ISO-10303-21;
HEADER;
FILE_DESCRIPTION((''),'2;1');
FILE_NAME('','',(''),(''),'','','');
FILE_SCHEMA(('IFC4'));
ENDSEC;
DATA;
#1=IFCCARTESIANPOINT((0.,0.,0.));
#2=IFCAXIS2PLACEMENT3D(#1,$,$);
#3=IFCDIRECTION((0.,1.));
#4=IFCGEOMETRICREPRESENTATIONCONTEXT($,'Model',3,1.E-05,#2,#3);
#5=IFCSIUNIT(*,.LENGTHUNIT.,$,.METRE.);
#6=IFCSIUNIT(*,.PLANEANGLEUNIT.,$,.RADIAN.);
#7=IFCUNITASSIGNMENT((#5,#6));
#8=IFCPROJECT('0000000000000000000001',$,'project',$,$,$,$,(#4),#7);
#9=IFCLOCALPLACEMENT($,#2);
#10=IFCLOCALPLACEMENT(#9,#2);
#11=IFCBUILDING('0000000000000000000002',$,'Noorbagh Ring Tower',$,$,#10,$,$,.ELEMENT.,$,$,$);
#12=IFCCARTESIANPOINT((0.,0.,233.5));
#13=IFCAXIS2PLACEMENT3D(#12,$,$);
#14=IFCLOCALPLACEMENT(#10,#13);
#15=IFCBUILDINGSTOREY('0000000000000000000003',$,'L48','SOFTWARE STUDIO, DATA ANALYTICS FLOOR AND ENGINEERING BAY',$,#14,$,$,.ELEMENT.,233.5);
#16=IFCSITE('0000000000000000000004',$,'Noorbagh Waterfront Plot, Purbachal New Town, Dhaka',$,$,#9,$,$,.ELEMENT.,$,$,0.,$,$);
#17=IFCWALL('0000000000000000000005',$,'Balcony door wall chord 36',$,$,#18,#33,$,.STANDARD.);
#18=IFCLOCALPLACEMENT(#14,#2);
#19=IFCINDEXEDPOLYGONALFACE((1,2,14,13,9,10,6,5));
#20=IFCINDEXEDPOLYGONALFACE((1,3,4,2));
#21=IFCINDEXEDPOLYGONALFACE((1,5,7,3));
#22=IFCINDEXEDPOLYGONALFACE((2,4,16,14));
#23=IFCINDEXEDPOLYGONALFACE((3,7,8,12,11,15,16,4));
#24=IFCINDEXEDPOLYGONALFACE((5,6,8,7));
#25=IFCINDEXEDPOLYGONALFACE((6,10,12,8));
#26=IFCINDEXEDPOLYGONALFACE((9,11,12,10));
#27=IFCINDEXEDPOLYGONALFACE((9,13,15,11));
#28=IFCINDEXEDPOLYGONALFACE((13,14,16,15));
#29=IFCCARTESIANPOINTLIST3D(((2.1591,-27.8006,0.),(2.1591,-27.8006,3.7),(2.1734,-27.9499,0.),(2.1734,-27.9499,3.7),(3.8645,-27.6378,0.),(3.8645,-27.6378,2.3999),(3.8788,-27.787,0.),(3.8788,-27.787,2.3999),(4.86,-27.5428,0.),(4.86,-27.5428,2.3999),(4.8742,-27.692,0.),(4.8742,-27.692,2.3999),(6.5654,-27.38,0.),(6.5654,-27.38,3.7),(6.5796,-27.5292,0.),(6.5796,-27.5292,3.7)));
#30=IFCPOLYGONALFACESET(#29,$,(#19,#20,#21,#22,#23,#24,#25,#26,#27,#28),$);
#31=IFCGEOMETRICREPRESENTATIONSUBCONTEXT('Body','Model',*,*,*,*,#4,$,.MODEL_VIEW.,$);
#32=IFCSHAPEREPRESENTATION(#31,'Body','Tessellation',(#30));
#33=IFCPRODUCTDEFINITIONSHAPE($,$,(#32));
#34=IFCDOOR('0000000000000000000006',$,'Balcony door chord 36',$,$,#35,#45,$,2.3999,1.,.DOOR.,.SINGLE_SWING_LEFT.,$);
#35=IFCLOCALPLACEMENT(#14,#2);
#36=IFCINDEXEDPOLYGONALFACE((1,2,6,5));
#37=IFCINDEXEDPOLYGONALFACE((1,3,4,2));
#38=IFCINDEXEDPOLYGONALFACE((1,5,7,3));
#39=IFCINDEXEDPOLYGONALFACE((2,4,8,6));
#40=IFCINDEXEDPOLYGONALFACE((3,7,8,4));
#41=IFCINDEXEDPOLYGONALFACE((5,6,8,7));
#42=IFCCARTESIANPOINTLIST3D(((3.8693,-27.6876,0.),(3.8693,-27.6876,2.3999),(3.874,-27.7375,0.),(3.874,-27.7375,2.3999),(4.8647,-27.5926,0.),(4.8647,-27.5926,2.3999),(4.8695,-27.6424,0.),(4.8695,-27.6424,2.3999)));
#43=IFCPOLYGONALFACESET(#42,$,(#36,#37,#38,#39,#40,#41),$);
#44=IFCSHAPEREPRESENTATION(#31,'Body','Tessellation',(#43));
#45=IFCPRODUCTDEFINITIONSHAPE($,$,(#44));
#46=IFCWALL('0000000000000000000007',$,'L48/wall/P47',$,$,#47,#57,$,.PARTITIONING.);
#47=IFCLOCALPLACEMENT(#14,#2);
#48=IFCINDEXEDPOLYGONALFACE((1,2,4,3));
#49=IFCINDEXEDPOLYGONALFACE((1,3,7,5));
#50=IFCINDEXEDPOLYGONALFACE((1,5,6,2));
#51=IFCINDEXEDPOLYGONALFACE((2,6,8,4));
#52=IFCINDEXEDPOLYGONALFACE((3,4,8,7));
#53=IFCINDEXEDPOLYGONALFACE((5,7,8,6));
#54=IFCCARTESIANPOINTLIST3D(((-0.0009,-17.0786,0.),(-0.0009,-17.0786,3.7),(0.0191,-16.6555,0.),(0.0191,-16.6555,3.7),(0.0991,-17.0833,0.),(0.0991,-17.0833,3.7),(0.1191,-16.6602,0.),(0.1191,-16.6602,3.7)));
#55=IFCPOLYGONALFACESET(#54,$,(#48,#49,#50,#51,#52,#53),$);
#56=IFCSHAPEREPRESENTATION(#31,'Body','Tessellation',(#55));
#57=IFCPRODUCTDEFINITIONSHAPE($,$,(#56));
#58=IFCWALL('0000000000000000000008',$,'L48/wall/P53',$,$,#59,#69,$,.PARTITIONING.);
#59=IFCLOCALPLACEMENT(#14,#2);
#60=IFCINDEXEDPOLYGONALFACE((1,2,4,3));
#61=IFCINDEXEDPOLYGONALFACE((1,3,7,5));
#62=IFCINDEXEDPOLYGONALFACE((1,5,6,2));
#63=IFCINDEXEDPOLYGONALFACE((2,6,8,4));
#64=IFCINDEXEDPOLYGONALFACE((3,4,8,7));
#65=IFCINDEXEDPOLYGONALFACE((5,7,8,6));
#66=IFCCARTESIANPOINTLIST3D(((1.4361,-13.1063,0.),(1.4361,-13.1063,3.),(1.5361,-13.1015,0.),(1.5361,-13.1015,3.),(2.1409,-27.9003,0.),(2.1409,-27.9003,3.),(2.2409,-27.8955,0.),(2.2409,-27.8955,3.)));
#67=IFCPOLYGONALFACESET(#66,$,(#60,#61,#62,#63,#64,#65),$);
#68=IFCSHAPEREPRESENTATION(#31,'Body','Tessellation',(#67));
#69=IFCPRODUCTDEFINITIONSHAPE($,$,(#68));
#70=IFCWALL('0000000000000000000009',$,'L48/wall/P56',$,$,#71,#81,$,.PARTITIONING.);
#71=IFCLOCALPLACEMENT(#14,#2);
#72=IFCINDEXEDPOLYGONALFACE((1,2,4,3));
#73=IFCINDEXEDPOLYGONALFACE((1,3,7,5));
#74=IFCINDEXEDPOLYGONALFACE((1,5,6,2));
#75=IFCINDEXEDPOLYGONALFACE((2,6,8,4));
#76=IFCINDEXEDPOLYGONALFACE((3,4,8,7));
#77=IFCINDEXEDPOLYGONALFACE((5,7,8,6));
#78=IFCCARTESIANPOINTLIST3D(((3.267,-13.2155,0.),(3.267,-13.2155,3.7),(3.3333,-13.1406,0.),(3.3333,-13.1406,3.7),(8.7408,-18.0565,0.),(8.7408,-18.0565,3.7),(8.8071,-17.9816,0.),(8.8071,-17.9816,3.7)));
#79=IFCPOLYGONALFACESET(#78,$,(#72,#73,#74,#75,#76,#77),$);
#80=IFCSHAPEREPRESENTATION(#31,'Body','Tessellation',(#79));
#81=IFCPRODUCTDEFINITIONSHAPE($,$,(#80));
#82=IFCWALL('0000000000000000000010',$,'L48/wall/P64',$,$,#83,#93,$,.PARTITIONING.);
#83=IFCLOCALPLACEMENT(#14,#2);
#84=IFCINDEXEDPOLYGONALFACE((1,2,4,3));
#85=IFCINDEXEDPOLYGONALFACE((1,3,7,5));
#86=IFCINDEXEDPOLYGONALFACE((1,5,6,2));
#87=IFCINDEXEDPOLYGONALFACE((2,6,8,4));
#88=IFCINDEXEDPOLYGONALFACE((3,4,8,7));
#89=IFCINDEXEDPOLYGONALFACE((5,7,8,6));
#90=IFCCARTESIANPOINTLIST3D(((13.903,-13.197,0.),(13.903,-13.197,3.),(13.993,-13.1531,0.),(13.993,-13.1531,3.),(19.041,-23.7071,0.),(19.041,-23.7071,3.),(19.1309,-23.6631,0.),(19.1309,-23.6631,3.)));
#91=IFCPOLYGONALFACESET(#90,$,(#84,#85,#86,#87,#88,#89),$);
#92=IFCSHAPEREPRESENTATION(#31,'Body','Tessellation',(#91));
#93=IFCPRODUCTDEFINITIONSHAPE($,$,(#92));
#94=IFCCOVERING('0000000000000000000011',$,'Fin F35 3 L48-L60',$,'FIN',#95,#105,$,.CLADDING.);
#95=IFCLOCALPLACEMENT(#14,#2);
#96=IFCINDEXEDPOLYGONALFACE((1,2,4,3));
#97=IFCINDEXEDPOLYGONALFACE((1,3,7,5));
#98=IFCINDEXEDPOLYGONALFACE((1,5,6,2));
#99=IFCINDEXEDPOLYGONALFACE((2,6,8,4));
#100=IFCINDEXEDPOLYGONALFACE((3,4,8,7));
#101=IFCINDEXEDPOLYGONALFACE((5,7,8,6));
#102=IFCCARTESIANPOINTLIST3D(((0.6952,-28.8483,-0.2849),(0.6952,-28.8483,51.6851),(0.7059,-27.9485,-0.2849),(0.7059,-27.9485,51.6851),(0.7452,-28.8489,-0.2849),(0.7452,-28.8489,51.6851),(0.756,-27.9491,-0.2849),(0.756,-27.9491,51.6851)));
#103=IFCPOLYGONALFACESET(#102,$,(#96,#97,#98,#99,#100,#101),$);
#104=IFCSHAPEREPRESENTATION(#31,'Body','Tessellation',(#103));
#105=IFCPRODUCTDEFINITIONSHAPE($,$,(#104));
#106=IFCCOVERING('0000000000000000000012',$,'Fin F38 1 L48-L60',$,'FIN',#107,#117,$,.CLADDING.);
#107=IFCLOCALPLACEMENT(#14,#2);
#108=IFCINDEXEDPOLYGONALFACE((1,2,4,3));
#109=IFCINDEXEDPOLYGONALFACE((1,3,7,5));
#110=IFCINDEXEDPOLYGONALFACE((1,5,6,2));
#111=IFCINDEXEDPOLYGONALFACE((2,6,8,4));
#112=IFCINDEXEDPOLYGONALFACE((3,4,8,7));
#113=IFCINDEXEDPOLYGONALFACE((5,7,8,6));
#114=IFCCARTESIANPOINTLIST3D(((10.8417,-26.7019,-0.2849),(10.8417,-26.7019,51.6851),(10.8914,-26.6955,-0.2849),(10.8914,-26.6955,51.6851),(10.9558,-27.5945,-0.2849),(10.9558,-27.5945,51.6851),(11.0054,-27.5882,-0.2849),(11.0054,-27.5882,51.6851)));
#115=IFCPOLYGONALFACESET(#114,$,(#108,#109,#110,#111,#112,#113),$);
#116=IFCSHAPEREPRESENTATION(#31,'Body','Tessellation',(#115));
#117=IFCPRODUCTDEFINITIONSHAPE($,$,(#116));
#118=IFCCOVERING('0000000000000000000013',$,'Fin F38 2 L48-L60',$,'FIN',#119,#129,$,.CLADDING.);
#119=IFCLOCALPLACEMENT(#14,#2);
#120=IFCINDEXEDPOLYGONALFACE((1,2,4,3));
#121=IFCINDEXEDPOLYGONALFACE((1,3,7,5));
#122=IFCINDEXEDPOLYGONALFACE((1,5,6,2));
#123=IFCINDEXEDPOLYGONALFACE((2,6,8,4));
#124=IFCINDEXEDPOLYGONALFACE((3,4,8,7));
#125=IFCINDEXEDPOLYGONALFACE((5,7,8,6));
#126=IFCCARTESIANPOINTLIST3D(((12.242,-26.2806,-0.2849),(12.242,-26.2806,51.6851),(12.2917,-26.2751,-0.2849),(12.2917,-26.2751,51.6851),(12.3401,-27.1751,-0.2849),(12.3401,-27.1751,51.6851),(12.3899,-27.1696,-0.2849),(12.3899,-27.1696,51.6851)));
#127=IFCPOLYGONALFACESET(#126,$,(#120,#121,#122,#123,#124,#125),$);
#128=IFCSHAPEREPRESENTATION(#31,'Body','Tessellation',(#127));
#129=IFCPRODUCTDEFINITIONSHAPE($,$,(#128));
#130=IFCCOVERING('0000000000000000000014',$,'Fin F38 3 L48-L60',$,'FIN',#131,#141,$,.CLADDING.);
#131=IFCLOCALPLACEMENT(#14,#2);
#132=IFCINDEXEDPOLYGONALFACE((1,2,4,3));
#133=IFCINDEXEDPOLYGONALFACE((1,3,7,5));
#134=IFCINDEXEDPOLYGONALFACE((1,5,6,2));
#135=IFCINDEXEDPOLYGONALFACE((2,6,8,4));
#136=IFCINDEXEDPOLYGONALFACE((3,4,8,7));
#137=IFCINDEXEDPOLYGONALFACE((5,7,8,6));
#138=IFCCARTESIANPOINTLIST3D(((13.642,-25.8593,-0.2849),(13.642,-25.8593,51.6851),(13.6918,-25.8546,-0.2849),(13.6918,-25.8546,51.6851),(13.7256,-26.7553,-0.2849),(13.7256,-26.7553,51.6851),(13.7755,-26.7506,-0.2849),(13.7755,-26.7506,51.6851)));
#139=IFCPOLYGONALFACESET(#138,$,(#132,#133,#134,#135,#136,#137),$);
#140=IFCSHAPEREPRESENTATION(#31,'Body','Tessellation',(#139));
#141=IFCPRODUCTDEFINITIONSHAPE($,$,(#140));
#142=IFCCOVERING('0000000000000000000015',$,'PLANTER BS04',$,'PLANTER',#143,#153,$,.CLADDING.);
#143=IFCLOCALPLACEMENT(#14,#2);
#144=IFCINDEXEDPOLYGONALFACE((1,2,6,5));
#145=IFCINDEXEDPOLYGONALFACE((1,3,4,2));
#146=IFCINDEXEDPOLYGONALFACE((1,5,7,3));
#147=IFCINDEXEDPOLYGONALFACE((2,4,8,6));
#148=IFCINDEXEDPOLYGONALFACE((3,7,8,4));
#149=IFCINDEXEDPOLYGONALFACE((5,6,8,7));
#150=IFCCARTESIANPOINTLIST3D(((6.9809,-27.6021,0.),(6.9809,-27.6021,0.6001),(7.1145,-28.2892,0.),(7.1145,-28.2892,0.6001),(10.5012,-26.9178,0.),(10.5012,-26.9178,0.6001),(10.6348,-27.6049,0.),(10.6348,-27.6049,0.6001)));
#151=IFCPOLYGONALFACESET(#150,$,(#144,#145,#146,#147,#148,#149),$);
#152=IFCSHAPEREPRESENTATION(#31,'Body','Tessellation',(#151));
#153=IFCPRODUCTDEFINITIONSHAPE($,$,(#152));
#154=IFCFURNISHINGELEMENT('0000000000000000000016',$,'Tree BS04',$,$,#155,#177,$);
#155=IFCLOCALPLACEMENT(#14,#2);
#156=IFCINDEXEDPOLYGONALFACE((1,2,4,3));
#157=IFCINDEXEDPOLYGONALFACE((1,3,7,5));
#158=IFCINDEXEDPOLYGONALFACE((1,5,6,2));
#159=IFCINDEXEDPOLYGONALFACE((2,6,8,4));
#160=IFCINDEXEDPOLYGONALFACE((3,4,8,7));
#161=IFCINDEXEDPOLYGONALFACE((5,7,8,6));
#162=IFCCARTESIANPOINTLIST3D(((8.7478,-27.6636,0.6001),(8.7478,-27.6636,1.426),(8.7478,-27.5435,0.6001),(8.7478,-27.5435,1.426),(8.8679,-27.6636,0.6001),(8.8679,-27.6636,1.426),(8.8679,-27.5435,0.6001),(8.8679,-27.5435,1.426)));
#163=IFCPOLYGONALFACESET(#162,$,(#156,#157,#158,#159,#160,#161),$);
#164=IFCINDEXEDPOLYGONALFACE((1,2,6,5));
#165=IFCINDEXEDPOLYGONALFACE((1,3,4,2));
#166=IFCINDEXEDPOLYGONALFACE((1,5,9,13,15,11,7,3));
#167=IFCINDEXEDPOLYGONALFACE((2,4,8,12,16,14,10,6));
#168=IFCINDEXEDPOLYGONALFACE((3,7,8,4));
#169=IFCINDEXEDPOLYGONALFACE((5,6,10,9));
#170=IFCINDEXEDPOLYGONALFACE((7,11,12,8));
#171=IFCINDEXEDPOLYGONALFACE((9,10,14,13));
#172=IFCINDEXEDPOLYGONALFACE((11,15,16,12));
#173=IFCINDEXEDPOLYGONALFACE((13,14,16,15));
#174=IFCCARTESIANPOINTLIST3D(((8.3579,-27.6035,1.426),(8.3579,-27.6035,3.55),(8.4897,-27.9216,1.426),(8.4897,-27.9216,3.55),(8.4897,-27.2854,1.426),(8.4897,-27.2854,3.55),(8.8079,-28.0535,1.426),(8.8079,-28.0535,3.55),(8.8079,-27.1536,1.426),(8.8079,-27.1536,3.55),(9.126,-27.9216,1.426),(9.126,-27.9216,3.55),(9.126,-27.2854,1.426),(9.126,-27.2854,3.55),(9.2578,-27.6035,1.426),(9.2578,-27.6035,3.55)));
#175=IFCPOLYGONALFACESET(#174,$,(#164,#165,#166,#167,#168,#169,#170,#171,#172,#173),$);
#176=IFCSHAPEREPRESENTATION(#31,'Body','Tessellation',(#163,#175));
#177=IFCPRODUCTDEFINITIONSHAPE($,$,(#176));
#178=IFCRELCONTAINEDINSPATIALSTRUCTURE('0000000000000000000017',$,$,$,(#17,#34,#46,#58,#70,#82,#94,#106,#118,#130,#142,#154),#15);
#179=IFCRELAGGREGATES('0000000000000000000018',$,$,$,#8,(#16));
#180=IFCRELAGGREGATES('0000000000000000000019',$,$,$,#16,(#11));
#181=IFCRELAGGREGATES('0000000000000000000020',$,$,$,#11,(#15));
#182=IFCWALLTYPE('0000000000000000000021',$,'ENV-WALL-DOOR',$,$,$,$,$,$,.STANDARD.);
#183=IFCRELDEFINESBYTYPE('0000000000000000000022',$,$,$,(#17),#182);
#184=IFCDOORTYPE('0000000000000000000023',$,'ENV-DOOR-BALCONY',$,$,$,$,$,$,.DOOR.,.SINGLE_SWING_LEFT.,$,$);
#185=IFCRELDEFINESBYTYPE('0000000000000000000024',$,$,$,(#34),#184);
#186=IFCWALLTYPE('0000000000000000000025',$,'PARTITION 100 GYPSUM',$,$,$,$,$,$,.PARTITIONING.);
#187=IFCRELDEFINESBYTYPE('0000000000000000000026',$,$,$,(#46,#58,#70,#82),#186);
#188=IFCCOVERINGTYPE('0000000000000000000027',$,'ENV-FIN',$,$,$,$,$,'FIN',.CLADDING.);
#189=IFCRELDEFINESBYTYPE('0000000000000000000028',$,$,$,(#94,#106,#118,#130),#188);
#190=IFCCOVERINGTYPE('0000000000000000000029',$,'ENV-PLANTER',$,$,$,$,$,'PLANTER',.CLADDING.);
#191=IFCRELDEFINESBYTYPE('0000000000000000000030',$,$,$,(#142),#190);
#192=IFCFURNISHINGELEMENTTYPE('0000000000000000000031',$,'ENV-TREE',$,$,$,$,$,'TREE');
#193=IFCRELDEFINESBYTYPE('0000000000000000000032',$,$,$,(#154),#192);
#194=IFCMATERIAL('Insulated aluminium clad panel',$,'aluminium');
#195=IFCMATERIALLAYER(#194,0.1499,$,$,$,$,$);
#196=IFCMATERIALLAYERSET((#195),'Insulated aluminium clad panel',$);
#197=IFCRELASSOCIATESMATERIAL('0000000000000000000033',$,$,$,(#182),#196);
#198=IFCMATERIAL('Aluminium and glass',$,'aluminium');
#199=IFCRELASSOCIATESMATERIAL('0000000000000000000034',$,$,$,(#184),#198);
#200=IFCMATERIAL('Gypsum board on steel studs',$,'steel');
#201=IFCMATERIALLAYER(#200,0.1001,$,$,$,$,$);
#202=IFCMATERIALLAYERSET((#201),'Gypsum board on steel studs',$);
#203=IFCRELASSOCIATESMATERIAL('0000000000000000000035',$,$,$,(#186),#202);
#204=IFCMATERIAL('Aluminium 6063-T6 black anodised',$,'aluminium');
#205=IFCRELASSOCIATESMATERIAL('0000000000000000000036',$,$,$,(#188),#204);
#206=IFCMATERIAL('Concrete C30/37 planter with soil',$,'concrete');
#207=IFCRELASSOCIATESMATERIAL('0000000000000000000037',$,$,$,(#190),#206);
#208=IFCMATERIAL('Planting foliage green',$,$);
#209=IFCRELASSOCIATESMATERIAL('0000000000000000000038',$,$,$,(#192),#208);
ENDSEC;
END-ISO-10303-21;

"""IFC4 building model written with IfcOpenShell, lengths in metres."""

from ifc_helpers import new_model, si_unit, direction, frame, frame_2d, origin, origin_2d, place, context, subcontext, project, spatial, polyline, rectangle, outline, extrude, material, layer, layer_set, material_profile, profile_set, type_object, element, fill, save


model = new_model("IFC4")

# Units and contexts
model_context = context("Model", 3, precision=1e-05, world=origin(), true_north=direction((0.0, 1.0)))
body_context = subcontext(model_context, "Body", "Model", "MODEL_VIEW")
ifc_project = project(units=[si_unit("LENGTHUNIT", "METRE"), si_unit("PLANEANGLEUNIT", "RADIAN")], contexts=[model_context])

# Site, building, storey
site_placement = place(None, origin())
site = spatial("IfcSite", under=ifc_project, at=site_placement, Name="Noorbagh Waterfront Plot, Purbachal New Town, Dhaka", CompositionType="ELEMENT", RefElevation=0.0)
building_placement = place(site_placement, origin())
building = spatial("IfcBuilding", under=site, at=building_placement, Name="Noorbagh Ring Tower", CompositionType="ELEMENT")
storey_placement = place(building_placement, frame((0.0, 0.0, 233.5)))
storey = spatial("IfcBuildingStorey", under=building, at=storey_placement, Name="L48", Description="SOFTWARE STUDIO, DATA ANALYTICS FLOOR AND ENGINEERING BAY", CompositionType="ELEMENT", Elevation=233.5)

# Wall, opening, door
ifc_material_1 = material(Name="Insulated aluminium clad panel", Category="aluminium")
ifc_layer_1 = layer(ifc_material_1, 0.1499)
ifc_layer_set_1 = layer_set([ifc_layer_1], Name="Insulated aluminium clad panel")
wall_type_1 = type_object("IfcWallType", Name="ENV-WALL-DOOR", PredefinedType="STANDARD", material=ifc_layer_set_1)
wall_1_placement = place(storey_placement, frame((2.1663, -27.8752, 0.0), z_axis=(0.0, 0.0, 1.0), x_axis=(0.995474, 0.095036, 0.0)))
wall_1 = element("IfcWall", 1, at=wall_1_placement, inside=storey, type_object=wall_type_1, Name="Balcony door wall chord 36", PredefinedType="STANDARD", context=body_context, shape_type="SweptSolid", body=[
    extrude(rectangle(XDim=4.4263, YDim=0.1499, at=frame_2d((2.2131, 0.0))), origin(), (0.0, 0.0, 1.0), 3.7),
])
opening_placement = place(wall_1_placement, frame((1.7131, 0.0, 0.0)))
opening = element("IfcOpeningElement", 2, at=opening_placement, cuts=wall_1, PredefinedType="OPENING", context=body_context, shape_type="SweptSolid", body=[
    extrude(rectangle(XDim=1.0, YDim=2.3999, at=frame_2d((0.5, 1.2))), frame((0.0, 0.085, 0.0), z_axis=(0.0, -1.0, 0.0), x_axis=(1.0, 0.0, 0.0)), (0.0, 0.0, 1.0), 0.1699),
])
ifc_material_2 = material(Name="Aluminium and glass", Category="aluminium")
door_type = type_object("IfcDoorType", Name="ENV-DOOR-BALCONY", OperationType="SINGLE_SWING_LEFT", PredefinedType="DOOR", material=ifc_material_2)
door_placement = place(opening_placement, origin())
door = element("IfcDoor", 3, at=door_placement, inside=storey, type_object=door_type, Name="Balcony door chord 36", OperationType="SINGLE_SWING_LEFT", OverallHeight=2.3999, OverallWidth=1.0, PredefinedType="DOOR", context=body_context, shape_type="SweptSolid", body=[
    extrude(rectangle(XDim=1.0, YDim=2.3999, at=frame_2d((0.5, 1.2))), frame((0.0, 0.0249, 0.0), z_axis=(0.0, -1.0, 0.0), x_axis=(1.0, 0.0, 0.0)), (0.0, 0.0, 1.0), 0.05),
])
fill(opening, door)

# Walls
ifc_material_3 = material(Name="Gypsum board on steel studs", Category="steel")
ifc_layer_2 = layer(ifc_material_3, 0.1001)
ifc_layer_set_2 = layer_set([ifc_layer_2], Name="Gypsum board on steel studs")
wall_type_2 = type_object("IfcWallType", Name="PARTITION 100 GYPSUM", PredefinedType="PARTITIONING", material=ifc_layer_set_2)
wall_2_placement = place(storey_placement, frame((0.0491, -17.0811, 0.0), z_axis=(0.0, 0.0, 1.0), x_axis=(0.047264, 0.998882, 0.0)))
element("IfcWall", 4, at=wall_2_placement, inside=storey, type_object=wall_type_2, Name="L48/wall/P47", PredefinedType="PARTITIONING", context=body_context, shape_type="SweptSolid", body=[
    extrude(rectangle(XDim=0.4236, YDim=0.1001, at=frame_2d((0.2119, 0.0))), origin(), (0.0, 0.0, 1.0), 3.7),
])
wall_3_placement = place(storey_placement, frame((1.4861, -13.104, 0.0), z_axis=(0.0, 0.0, 1.0), x_axis=(0.047589, -0.998867, 0.0)))
element("IfcWall", 5, at=wall_3_placement, inside=storey, type_object=wall_type_2, Name="L48/wall/P53", PredefinedType="PARTITIONING", context=body_context, shape_type="SweptSolid", body=[
    extrude(rectangle(XDim=14.8108, YDim=0.1001, at=frame_2d((7.4053, 0.0))), origin(), (0.0, 0.0, 1.0), 3.0),
])
wall_4_placement = place(storey_placement, frame((3.3, -13.178, 0.0), z_axis=(0.0, 0.0, 1.0), x_axis=(0.749079, -0.662481, 0.0)))
element("IfcWall", 6, at=wall_4_placement, inside=storey, type_object=wall_type_2, Name="L48/wall/P56", PredefinedType="PARTITIONING", context=body_context, shape_type="SweptSolid", body=[
    extrude(rectangle(XDim=7.3074, YDim=0.1001, at=frame_2d((3.6538, 0.0))), origin(), (0.0, 0.0, 1.0), 3.7),
])
wall_5_placement = place(storey_placement, frame((13.948, -13.175, 0.0), z_axis=(0.0, 0.0, 1.0), x_axis=(0.43919, -0.898394, 0.0)))
element("IfcWall", 7, at=wall_5_placement, inside=storey, type_object=wall_type_2, Name="L48/wall/P64", PredefinedType="PARTITIONING", context=body_context, shape_type="SweptSolid", body=[
    extrude(rectangle(XDim=11.6987, YDim=0.1001, at=frame_2d((5.8494, 0.0))), origin(), (0.0, 0.0, 1.0), 3.0),
])

# Coverings
ifc_material_4 = material(Name="Aluminium 6063-T6 black anodised", Category="aluminium")
ifc_material_profile_1 = material_profile(ifc_material_4, rectangle(XDim=0.8999, YDim=0.05, at=origin_2d()), Name="900x50")
ifc_profile_set_1 = profile_set([ifc_material_profile_1], Name="Aluminium 6063-T6 black anodised")
covering_type_1 = type_object("IfcCoveringType", Name="ENV-FIN", ElementType="FIN", PredefinedType="CLADDING", material=ifc_profile_set_1)
for number, where, z_axis, x_axis, name in (
    (8, (0.7256, -28.3987, -0.2849), (0.0, 0.0, 1.0), (-0.011915, -0.999929, 0.0), "Fin F35 3 L48-L60"),
    (9, (10.9236, -27.145, -0.2849), (0.0, 0.0, 1.0), (0.126759, -0.991933, 0.0), "Fin F38 1 L48-L60"),
    (10, (12.3159, -26.7251, -0.2849), (0.0, 0.0, 1.0), (0.109101, -0.994031, 0.0), "Fin F38 2 L48-L60"),
    (11, (13.7087, -26.3049, -0.2849), (0.0, 0.0, 1.0), (0.092918, -0.995674, 0.0), "Fin F38 3 L48-L60"),
):
    element("IfcCovering", number, at=place(storey_placement, frame(where, z_axis=z_axis, x_axis=x_axis)), inside=storey, type_object=covering_type_1, Name=name, ObjectType="FIN", PredefinedType="CLADDING", context=body_context, shape_type="SweptSolid", body=[
        extrude(rectangle(XDim=0.8999, YDim=0.05, at=origin_2d()), origin(), (0.0, 0.0, 1.0), 51.97),
    ])

# Covering
ifc_material_5 = material(Name="Concrete C30/37 planter with soil", Category="concrete")
covering_type_2 = type_object("IfcCoveringType", Name="ENV-PLANTER", ElementType="PLANTER", PredefinedType="CLADDING", material=ifc_material_5)
covering_placement = place(storey_placement, frame((8.8079, -27.6035, 0.0), z_axis=(0.0, 0.0, 1.0), x_axis=(0.981625, 0.19082, 0.0)))
element("IfcCovering", 12, at=covering_placement, inside=storey, type_object=covering_type_2, Name="PLANTER BS04", ObjectType="PLANTER", PredefinedType="CLADDING", context=body_context, shape_type="SweptSolid", body=[
    extrude(rectangle(XDim=3.5862, YDim=0.7, at=origin_2d()), origin(), (0.0, 0.0, 1.0), 0.6001),
])

# Furnishing element
ifc_material_6 = material(Name="Planting foliage green")
furnishing_element_type = type_object("IfcFurnishingElementType", Name="ENV-TREE", ElementType="TREE", material=ifc_material_6)
furnishing_placement = place(storey_placement, frame((8.8079, -27.6035, 0.6001), z_axis=(0.0, 0.0, 1.0), x_axis=(1.0, 0.0, 0.0)))
element("IfcFurnishingElement", 13, at=furnishing_placement, inside=storey, type_object=furnishing_element_type, Name="Tree BS04", context=body_context, shape_type="SweptSolid", body=[
    extrude(rectangle(XDim=0.1201, YDim=0.1201, at=origin_2d()), origin(), (0.0, 0.0, 1.0), 0.8259),
    extrude(outline(polyline([(0.45, 0.0), (0.3181, 0.3181), (0.0, 0.45), (-0.3181, 0.3181), (-0.45, 0.0), (-0.3181, -0.3181), (0.0, -0.45), (0.3181, -0.3181), (0.45, 0.0)])), frame((0.0, 0.0, 0.8259)), (0.0, 0.0, 1.0), 2.124),
])

save(model, "model.ifc")
